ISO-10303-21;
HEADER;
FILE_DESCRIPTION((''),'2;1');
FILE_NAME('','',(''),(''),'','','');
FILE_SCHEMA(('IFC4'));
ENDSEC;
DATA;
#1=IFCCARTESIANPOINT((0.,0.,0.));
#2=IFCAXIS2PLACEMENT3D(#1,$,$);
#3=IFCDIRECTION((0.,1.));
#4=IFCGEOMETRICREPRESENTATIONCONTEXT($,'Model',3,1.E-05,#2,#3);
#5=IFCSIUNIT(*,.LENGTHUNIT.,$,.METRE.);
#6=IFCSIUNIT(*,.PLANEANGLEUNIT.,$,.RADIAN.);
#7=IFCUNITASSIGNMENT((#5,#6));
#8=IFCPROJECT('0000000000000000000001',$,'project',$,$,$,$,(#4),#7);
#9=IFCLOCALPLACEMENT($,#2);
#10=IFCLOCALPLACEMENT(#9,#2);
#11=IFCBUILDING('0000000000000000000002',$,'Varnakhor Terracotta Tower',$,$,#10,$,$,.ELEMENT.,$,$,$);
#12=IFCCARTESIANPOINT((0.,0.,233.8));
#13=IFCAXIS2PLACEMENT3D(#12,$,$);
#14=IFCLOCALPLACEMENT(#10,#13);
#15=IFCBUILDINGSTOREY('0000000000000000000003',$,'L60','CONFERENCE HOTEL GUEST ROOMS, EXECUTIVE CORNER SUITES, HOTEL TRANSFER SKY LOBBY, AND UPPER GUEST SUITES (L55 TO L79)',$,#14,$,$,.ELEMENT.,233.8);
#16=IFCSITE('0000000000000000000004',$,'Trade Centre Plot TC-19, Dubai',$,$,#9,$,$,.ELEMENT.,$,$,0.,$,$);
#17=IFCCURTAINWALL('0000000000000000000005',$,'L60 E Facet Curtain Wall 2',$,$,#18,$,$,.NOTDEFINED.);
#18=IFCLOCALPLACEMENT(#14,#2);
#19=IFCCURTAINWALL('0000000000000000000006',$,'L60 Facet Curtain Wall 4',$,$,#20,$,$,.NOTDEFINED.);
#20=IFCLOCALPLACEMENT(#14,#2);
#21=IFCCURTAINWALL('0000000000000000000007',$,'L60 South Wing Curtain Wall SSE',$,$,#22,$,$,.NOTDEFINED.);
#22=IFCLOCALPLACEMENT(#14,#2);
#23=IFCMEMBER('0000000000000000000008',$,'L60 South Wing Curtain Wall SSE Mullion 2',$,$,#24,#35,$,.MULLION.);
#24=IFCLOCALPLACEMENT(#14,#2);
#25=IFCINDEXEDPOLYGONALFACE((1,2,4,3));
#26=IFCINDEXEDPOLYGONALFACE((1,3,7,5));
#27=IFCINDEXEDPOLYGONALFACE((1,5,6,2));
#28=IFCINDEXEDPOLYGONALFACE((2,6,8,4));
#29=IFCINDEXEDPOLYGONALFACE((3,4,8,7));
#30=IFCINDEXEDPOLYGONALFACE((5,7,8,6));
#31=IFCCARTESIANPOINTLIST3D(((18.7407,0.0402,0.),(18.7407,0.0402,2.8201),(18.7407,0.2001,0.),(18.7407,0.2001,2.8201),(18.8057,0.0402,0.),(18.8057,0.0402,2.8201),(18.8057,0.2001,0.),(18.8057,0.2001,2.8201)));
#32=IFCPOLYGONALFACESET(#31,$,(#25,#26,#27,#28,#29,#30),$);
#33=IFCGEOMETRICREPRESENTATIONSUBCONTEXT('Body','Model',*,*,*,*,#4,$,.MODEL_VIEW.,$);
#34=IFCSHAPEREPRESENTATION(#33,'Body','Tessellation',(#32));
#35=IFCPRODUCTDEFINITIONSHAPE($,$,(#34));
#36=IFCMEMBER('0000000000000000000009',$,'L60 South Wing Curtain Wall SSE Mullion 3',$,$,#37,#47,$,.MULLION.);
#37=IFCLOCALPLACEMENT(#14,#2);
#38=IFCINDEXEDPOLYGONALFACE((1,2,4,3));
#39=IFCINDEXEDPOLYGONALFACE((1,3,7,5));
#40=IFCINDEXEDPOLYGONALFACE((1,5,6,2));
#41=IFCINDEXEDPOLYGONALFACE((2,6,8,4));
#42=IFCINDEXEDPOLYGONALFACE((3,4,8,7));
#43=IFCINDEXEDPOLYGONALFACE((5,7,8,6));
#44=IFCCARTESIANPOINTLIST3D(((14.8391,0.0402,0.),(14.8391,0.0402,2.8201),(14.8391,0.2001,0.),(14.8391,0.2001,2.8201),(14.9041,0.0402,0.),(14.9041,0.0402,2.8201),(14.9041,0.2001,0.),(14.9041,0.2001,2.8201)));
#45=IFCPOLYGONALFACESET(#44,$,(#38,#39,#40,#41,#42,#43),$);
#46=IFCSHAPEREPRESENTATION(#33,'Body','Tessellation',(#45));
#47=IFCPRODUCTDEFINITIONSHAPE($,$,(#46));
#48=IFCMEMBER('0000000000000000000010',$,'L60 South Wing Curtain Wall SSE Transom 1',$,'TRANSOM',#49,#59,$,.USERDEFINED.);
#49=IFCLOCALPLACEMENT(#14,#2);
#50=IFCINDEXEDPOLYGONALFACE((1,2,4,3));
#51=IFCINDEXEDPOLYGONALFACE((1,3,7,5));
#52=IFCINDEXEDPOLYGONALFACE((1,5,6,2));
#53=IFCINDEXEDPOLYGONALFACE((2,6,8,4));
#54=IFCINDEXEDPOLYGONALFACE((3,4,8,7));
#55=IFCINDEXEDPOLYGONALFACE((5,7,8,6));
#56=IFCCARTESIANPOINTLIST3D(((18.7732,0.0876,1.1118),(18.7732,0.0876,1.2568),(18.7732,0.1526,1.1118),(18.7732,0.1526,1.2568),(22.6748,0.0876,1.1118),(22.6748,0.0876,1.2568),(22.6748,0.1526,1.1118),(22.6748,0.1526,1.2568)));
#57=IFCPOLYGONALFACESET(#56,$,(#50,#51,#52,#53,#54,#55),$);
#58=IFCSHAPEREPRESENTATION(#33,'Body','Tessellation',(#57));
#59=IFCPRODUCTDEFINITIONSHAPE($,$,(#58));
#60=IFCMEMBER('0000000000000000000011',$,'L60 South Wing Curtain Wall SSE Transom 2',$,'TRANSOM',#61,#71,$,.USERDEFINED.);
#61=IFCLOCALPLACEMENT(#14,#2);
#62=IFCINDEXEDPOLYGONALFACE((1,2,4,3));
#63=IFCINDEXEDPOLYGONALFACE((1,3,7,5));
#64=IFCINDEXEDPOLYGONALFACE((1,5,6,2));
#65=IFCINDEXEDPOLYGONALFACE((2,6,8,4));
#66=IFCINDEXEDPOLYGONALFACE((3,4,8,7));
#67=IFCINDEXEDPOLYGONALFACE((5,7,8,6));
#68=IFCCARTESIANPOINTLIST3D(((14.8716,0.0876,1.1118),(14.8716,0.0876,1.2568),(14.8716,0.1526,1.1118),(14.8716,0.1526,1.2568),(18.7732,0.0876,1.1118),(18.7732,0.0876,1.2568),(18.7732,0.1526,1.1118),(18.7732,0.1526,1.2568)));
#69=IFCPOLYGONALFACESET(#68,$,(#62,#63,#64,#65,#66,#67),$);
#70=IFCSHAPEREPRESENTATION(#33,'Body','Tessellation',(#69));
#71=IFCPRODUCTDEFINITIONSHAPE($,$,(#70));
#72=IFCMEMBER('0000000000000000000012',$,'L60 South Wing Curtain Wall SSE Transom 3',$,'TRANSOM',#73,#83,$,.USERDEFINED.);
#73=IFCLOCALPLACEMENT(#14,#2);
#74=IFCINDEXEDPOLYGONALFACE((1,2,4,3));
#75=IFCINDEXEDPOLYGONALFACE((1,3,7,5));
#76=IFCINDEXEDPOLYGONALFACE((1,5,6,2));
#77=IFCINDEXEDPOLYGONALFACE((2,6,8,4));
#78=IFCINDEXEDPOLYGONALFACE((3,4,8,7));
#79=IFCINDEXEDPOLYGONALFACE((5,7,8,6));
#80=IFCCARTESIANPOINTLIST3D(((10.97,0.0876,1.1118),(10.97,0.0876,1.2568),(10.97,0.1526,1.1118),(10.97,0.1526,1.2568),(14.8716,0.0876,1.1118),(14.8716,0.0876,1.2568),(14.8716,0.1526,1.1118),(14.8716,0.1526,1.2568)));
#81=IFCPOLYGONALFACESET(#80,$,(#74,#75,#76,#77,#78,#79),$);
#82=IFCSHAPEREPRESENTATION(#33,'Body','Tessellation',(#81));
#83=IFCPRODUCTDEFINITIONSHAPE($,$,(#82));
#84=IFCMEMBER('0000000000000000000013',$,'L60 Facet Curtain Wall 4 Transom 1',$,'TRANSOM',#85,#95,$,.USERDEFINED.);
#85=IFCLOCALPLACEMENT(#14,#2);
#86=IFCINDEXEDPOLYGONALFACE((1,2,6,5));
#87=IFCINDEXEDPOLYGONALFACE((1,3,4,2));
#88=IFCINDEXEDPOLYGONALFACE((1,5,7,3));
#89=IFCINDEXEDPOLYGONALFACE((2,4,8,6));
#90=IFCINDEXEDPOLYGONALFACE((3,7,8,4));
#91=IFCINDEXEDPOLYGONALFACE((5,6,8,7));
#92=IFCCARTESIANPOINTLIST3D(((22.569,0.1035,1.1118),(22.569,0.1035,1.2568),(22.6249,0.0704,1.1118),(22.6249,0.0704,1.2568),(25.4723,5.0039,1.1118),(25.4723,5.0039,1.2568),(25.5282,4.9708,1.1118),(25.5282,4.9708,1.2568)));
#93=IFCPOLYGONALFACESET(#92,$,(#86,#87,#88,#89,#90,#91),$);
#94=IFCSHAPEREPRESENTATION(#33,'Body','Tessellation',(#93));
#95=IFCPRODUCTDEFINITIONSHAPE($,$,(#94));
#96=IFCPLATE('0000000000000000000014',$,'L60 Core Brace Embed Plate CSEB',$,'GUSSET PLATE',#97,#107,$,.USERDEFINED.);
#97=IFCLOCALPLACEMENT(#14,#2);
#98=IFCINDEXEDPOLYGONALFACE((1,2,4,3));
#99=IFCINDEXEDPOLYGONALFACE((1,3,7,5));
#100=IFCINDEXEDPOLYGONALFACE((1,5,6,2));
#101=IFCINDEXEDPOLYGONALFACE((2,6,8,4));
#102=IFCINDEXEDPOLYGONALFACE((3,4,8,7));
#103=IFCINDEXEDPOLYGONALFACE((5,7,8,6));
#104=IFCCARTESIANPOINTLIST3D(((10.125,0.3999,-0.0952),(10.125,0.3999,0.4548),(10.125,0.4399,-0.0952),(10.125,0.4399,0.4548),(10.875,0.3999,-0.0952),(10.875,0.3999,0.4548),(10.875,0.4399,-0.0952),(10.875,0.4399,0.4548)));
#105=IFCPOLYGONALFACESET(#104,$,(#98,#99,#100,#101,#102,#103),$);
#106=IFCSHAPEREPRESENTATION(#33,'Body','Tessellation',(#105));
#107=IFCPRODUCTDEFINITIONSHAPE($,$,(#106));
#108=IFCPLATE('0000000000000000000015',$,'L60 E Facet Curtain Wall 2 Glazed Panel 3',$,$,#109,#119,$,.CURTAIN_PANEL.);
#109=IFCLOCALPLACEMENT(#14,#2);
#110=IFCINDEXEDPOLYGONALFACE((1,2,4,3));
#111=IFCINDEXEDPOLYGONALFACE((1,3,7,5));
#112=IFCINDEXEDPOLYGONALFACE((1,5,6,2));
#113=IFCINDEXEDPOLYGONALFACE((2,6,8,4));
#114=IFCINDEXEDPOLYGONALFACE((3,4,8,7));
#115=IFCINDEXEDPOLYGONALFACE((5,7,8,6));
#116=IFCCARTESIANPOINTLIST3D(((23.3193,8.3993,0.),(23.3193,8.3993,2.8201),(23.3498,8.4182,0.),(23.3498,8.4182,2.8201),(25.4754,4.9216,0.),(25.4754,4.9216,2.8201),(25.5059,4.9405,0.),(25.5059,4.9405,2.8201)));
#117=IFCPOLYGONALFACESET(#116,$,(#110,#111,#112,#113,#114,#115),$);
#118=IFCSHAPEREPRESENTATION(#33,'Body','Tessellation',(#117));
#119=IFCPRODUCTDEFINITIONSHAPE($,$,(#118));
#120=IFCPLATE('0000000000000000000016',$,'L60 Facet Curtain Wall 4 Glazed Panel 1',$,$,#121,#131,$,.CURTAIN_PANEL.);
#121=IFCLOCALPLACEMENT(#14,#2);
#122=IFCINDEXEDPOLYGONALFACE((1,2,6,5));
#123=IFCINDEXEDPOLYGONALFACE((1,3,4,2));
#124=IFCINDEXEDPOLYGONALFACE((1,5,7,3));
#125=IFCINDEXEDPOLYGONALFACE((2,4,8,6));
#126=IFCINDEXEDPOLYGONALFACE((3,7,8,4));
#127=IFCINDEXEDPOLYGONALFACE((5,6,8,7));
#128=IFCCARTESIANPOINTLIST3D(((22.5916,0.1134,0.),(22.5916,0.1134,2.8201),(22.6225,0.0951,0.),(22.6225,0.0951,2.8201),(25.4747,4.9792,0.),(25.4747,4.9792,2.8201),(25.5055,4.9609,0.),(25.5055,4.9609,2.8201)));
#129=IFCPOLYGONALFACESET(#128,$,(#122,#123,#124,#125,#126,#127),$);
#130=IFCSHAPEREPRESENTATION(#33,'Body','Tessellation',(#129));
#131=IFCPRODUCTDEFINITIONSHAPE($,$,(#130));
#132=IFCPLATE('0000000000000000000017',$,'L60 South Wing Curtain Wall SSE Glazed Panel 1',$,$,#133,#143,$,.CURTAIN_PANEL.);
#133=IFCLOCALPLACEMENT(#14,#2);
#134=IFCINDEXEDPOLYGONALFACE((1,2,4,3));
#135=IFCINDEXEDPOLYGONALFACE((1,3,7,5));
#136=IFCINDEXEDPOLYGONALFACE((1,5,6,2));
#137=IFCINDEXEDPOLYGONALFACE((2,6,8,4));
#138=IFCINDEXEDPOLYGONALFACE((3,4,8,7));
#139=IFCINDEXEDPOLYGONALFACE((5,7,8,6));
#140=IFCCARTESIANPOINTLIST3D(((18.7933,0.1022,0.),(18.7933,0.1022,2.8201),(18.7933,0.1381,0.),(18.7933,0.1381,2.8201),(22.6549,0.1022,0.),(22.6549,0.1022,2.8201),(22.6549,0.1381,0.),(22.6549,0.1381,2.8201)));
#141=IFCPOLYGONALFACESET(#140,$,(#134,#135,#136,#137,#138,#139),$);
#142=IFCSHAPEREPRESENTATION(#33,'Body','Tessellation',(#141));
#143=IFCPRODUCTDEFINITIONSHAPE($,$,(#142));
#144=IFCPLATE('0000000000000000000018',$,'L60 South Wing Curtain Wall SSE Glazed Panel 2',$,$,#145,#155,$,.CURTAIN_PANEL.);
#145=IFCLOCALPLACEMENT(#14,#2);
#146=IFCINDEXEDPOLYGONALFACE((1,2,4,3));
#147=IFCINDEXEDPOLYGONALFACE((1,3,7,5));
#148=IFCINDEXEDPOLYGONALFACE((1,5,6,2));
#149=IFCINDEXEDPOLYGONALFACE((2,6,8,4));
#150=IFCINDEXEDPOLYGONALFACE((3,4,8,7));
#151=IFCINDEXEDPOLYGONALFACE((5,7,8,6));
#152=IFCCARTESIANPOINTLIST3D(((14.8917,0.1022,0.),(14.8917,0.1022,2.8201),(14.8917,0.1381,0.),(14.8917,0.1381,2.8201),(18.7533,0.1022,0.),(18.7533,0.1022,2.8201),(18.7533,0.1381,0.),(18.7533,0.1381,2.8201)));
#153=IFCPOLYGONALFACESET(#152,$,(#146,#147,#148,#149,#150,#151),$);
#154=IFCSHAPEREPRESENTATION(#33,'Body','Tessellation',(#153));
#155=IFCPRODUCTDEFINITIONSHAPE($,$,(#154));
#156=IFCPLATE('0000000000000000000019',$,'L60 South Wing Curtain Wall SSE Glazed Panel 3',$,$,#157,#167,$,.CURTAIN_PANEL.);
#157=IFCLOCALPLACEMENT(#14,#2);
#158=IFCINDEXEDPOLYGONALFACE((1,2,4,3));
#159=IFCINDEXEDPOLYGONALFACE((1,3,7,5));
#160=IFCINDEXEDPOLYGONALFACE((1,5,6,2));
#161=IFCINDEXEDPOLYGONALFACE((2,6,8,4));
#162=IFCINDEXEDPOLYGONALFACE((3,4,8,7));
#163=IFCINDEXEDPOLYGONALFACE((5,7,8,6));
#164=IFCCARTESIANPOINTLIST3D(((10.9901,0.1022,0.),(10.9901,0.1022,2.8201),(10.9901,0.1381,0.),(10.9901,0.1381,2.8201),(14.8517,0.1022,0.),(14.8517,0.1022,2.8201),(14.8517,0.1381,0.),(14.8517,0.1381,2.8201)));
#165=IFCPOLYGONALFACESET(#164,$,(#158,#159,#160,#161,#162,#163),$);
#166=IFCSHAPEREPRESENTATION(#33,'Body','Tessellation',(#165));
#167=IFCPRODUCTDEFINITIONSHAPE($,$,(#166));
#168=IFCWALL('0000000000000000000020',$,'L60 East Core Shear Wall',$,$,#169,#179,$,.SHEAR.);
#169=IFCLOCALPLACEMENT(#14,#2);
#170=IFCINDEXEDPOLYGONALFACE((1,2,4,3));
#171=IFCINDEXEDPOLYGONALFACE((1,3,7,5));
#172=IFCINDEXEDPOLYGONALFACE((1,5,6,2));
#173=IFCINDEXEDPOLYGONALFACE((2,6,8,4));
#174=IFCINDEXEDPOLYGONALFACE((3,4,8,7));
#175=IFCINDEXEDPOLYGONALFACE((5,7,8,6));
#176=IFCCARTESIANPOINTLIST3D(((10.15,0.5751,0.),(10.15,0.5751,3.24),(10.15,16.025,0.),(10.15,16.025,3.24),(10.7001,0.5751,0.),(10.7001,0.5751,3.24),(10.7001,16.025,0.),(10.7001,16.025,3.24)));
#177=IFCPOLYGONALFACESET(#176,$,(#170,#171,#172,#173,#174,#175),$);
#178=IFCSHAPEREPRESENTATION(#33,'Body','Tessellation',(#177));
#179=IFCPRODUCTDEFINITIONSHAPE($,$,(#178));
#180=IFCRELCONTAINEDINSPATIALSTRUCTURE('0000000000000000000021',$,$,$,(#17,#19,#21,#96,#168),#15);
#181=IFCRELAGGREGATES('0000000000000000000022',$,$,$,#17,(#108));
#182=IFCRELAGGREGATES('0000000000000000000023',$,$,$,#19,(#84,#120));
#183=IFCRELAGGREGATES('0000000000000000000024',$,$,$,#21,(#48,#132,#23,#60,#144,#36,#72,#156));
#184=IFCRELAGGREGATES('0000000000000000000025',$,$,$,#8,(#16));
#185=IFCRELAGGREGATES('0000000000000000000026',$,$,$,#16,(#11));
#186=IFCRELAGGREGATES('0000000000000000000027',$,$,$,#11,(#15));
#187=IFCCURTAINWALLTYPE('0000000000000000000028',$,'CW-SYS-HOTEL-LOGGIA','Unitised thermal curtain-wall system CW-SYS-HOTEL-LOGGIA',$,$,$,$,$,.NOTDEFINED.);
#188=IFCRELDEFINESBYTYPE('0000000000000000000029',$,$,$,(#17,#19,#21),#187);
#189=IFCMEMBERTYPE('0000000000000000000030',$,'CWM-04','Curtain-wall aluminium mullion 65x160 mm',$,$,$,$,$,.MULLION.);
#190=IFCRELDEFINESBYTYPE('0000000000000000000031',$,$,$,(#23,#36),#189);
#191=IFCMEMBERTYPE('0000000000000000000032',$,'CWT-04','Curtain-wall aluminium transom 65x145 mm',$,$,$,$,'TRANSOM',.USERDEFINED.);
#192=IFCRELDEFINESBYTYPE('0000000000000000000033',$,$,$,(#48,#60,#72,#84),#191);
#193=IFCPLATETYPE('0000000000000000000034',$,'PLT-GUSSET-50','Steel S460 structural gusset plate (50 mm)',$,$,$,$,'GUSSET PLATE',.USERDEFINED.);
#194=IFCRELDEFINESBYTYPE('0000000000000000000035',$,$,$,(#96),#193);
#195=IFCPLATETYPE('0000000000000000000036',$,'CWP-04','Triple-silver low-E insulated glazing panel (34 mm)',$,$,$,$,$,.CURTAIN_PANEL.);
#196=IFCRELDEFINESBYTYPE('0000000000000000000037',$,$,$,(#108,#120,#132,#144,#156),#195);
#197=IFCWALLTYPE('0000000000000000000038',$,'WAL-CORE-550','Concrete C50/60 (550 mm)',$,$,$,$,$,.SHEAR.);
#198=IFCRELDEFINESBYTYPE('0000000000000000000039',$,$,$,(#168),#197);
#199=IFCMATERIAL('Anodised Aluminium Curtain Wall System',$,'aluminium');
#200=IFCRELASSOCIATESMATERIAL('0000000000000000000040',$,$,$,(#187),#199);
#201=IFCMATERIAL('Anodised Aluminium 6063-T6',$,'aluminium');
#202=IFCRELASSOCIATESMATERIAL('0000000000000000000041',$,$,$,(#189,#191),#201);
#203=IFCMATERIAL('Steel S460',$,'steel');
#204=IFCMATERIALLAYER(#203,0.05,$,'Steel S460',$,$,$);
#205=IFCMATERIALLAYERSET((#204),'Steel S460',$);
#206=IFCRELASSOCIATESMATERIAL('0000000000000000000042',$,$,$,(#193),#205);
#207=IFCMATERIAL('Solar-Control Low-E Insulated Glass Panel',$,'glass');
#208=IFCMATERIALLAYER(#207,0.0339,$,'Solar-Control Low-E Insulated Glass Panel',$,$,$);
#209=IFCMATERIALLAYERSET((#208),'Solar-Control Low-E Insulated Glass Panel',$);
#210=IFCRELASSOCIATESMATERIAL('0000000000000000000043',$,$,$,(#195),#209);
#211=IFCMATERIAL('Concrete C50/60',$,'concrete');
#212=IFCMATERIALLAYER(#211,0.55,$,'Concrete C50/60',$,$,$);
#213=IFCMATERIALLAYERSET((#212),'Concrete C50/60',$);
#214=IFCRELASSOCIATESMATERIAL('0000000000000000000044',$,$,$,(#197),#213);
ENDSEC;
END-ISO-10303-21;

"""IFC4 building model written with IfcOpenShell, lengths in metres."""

from ifc_helpers import new_model, si_unit, direction, frame, frame_2d, origin, origin_2d, place, context, subcontext, project, spatial, rectangle, extrude, source, transform, mapped, material, layer, layer_set, material_profile, profile_set, type_object, type_shapes, element, aggregate, save


model = new_model("IFC4")

# Units and contexts
model_context = context("Model", 3, precision=1e-05, world=origin(), true_north=direction((0.0, 1.0)))
body_context = subcontext(model_context, "Body", "Model", "MODEL_VIEW")
ifc_project = project(units=[si_unit("LENGTHUNIT", "METRE"), si_unit("PLANEANGLEUNIT", "RADIAN")], contexts=[model_context])

# Site, building, storey
site_placement = place(None, origin())
site = spatial("IfcSite", under=ifc_project, at=site_placement, Name="Trade Centre Plot TC-19, Dubai", CompositionType="ELEMENT", RefElevation=0.0)
building_placement = place(site_placement, origin())
building = spatial("IfcBuilding", under=site, at=building_placement, Name="Varnakhor Terracotta Tower", CompositionType="ELEMENT")
storey_placement = place(building_placement, frame((0.0, 0.0, 233.8)))
storey = spatial("IfcBuildingStorey", under=building, at=storey_placement, Name="L60", Description="CONFERENCE HOTEL GUEST ROOMS, EXECUTIVE CORNER SUITES, HOTEL TRANSFER SKY LOBBY, AND UPPER GUEST SUITES (L55 TO L79)", CompositionType="ELEMENT", Elevation=233.8)

# Shared definitions
ifc_material_1 = material(Name="Concrete C50/60", Category="concrete")
ifc_material_2 = material(Name="Steel S460", Category="steel")

# Curtain walls
ifc_material_3 = material(Name="Anodised Aluminium Curtain Wall System", Category="aluminium")
curtain_wall_type = type_object("IfcCurtainWallType", Name="CW-SYS-HOTEL-LOGGIA", Description="Unitised thermal curtain-wall system CW-SYS-HOTEL-LOGGIA", PredefinedType="NOTDEFINED", material=ifc_material_3)
curtain_wall_1_placement = place(storey_placement, origin())
curtain_wall_1 = element("IfcCurtainWall", 1, at=curtain_wall_1_placement, inside=storey, type_object=curtain_wall_type, Name="L60 E Facet Curtain Wall 2", PredefinedType="NOTDEFINED")
ifc_material_4 = material(Name="Anodised Aluminium 6063-T6", Category="aluminium")
ifc_material_profile_1 = material_profile(ifc_material_4, rectangle(XDim=0.0649, YDim=0.1599, at=origin_2d()), Name="ALU MULLION 65x160")
ifc_profile_set_1 = profile_set([ifc_material_profile_1], Name="Anodised Aluminium 6063-T6")
member_type_1 = type_object("IfcMemberType", Name="CWM-04", Description="Curtain-wall aluminium mullion 65x160 mm", PredefinedType="MULLION", material=ifc_profile_set_1)
shared_shape_1 = source(origin(), body_context, "Body", "SweptSolid", [
    extrude(rectangle(XDim=0.0649, YDim=0.1599, at=origin_2d()), origin(), (0.0, 0.0, 1.0), 2.8201),
])
type_shapes(member_type_1, [shared_shape_1])
curtain_wall_2_placement = place(storey_placement, origin())
curtain_wall_2 = element("IfcCurtainWall", 2, at=curtain_wall_2_placement, inside=storey, type_object=curtain_wall_type, Name="L60 Facet Curtain Wall 4", PredefinedType="NOTDEFINED")

# Curtain wall, members
curtain_wall_3_placement = place(storey_placement, origin())
curtain_wall_3 = element("IfcCurtainWall", 3, at=curtain_wall_3_placement, inside=storey, type_object=curtain_wall_type, Name="L60 South Wing Curtain Wall SSE", PredefinedType="NOTDEFINED")
member_1_placement = place(storey_placement, frame((18.7732, 0.1201, 0.0), z_axis=(0.0, 0.0, 1.0), x_axis=(1.0, 0.0, 0.0)))
member_1 = element("IfcMember", 4, at=member_1_placement, type_object=member_type_1, Name="L60 South Wing Curtain Wall SSE Mullion 2", PredefinedType="MULLION", context=body_context, shape_type="MappedRepresentation", body=[
    mapped(shared_shape_1, transform((0.0, 0.0, 0.0), scale=1.0)),
])
member_2_placement = place(storey_placement, frame((14.8716, 0.1201, 0.0), z_axis=(0.0, 0.0, 1.0), x_axis=(1.0, 0.0, 0.0)))
member_2 = element("IfcMember", 5, at=member_2_placement, type_object=member_type_1, Name="L60 South Wing Curtain Wall SSE Mullion 3", PredefinedType="MULLION", context=body_context, shape_type="MappedRepresentation", body=[
    mapped(shared_shape_1, transform((0.0, 0.0, 0.0), scale=1.0)),
])
ifc_material_profile_2 = material_profile(ifc_material_4, rectangle(XDim=0.0649, YDim=0.145, at=origin_2d()), Name="ALU TRANSOM 65x145")
ifc_profile_set_2 = profile_set([ifc_material_profile_2], Name="Anodised Aluminium 6063-T6")
member_type_2 = type_object("IfcMemberType", Name="CWT-04", Description="Curtain-wall aluminium transom 65x145 mm", ElementType="TRANSOM", PredefinedType="USERDEFINED", material=ifc_profile_set_2)
shared_shape_2 = source(origin(), body_context, "Body", "SweptSolid", [
    extrude(rectangle(XDim=0.0649, YDim=0.145, at=origin_2d()), origin(), (0.0, 0.0, 1.0), 3.9016),
])
member_3_placement = place(storey_placement, frame((22.6748, 0.1201, 1.1843), z_axis=(-1.0, 0.0, 0.0), x_axis=(0.0, -1.0, 0.0)))
member_3 = element("IfcMember", 6, at=member_3_placement, type_object=member_type_2, Name="L60 South Wing Curtain Wall SSE Transom 1", ObjectType="TRANSOM", PredefinedType="USERDEFINED", context=body_context, shape_type="MappedRepresentation", body=[
    mapped(shared_shape_2, transform((0.0, 0.0, 0.0), scale=1.0)),
])
member_4_placement = place(storey_placement, frame((18.7732, 0.1201, 1.1843), z_axis=(-1.0, 0.0, 0.0), x_axis=(0.0, -1.0, 0.0)))
member_4 = element("IfcMember", 7, at=member_4_placement, type_object=member_type_2, Name="L60 South Wing Curtain Wall SSE Transom 2", ObjectType="TRANSOM", PredefinedType="USERDEFINED", context=body_context, shape_type="MappedRepresentation", body=[
    mapped(shared_shape_2, transform((0.0, 0.0, 0.0), scale=1.0)),
])
member_5_placement = place(storey_placement, frame((14.8716, 0.1201, 1.1843), z_axis=(-1.0, 0.0, 0.0), x_axis=(0.0, -1.0, 0.0)))
member_5 = element("IfcMember", 8, at=member_5_placement, type_object=member_type_2, Name="L60 South Wing Curtain Wall SSE Transom 3", ObjectType="TRANSOM", PredefinedType="USERDEFINED", context=body_context, shape_type="MappedRepresentation", body=[
    mapped(shared_shape_2, transform((0.0, 0.0, 0.0), scale=1.0)),
])

# Member
shared_shape_3 = source(origin(), body_context, "Body", "SweptSolid", [
    extrude(rectangle(XDim=0.0649, YDim=0.145, at=origin_2d()), origin(), (0.0, 0.0, 1.0), 5.6958),
])
member_6_placement = place(storey_placement, frame((25.5002, 4.9873, 1.1843), z_axis=(-0.509722, -0.860339, 0.0), x_axis=(0.860339, -0.509722, 0.0)))
member_6 = element("IfcMember", 9, at=member_6_placement, type_object=member_type_2, Name="L60 Facet Curtain Wall 4 Transom 1", ObjectType="TRANSOM", PredefinedType="USERDEFINED", context=body_context, shape_type="MappedRepresentation", body=[
    mapped(shared_shape_3, transform((0.0, 0.0, 0.0), scale=1.0)),
])

# Plates
ifc_layer_1 = layer(ifc_material_2, 0.05, Name="Steel S460")
ifc_layer_set_1 = layer_set([ifc_layer_1], Name="Steel S460")
plate_type_1 = type_object("IfcPlateType", Name="PLT-GUSSET-50", Description="Steel S460 structural gusset plate (50 mm)", ElementType="GUSSET PLATE", PredefinedType="USERDEFINED", material=ifc_layer_set_1)
shared_shape_4 = source(origin(), body_context, "Body", "SweptSolid", [
    extrude(rectangle(XDim=0.75, YDim=0.04, at=origin_2d()), origin(), (0.0, 0.0, 1.0), 0.55),
])
type_shapes(plate_type_1, [shared_shape_4])
plate_1_placement = place(storey_placement, frame((10.5, 0.4199, -0.0952), z_axis=(0.0, 0.0, 1.0), x_axis=(1.0, 0.0, 0.0)))
element("IfcPlate", 10, at=plate_1_placement, inside=storey, type_object=plate_type_1, Name="L60 Core Brace Embed Plate CSEB", ObjectType="GUSSET PLATE", PredefinedType="USERDEFINED", context=body_context, shape_type="MappedRepresentation", body=[
    mapped(shared_shape_4, transform((0.0, 0.0, 0.0), scale=1.0)),
])
ifc_material_5 = material(Name="Solar-Control Low-E Insulated Glass Panel", Category="glass")
ifc_layer_2 = layer(ifc_material_5, 0.0339, Name="Solar-Control Low-E Insulated Glass Panel")
ifc_layer_set_2 = layer_set([ifc_layer_2], Name="Solar-Control Low-E Insulated Glass Panel")
plate_type_2 = type_object("IfcPlateType", Name="CWP-04", Description="Triple-silver low-E insulated glazing panel (34 mm)", PredefinedType="CURTAIN_PANEL", material=ifc_layer_set_2)
shared_shape_5 = source(origin(), body_context, "Body", "SweptSolid", [
    extrude(rectangle(XDim=4.0918, YDim=0.0359, at=origin_2d()), origin(), (0.0, 0.0, 1.0), 2.8201),
])
plate_2_placement = place(storey_placement, frame((24.4126, 6.6699, 0.0), z_axis=(0.0, 0.0, 1.0), x_axis=(0.526911, -0.84992, 0.0)))
plate_2 = element("IfcPlate", 11, at=plate_2_placement, type_object=plate_type_2, Name="L60 E Facet Curtain Wall 2 Glazed Panel 3", PredefinedType="CURTAIN_PANEL", context=body_context, shape_type="MappedRepresentation", body=[
    mapped(shared_shape_5, transform((0.0, 0.0, 0.0), scale=1.0)),
])
aggregate(curtain_wall_1, [plate_2])
shared_shape_6 = source(origin(), body_context, "Body", "SweptSolid", [
    extrude(rectangle(XDim=5.6558, YDim=0.0359, at=origin_2d()), origin(), (0.0, 0.0, 1.0), 2.8201),
])
plate_3_placement = place(storey_placement, frame((24.0486, 2.5371, 0.0), z_axis=(0.0, 0.0, 1.0), x_axis=(-0.509747, -0.860324, 0.0)))
plate_3 = element("IfcPlate", 12, at=plate_3_placement, type_object=plate_type_2, Name="L60 Facet Curtain Wall 4 Glazed Panel 1", PredefinedType="CURTAIN_PANEL", context=body_context, shape_type="MappedRepresentation", body=[
    mapped(shared_shape_6, transform((0.0, 0.0, 0.0), scale=1.0)),
])
aggregate(curtain_wall_2, [member_6, plate_3])
shared_shape_7 = source(origin(), body_context, "Body", "SweptSolid", [
    extrude(rectangle(XDim=3.8616, YDim=0.0359, at=origin_2d()), origin(), (0.0, 0.0, 1.0), 2.8201),
])
plate_4_placement = place(storey_placement, frame((20.7241, 0.1201, 0.0), z_axis=(0.0, 0.0, 1.0), x_axis=(-1.0, 0.0, 0.0)))
plate_4 = element("IfcPlate", 13, at=plate_4_placement, type_object=plate_type_2, Name="L60 South Wing Curtain Wall SSE Glazed Panel 1", PredefinedType="CURTAIN_PANEL", context=body_context, shape_type="MappedRepresentation", body=[
    mapped(shared_shape_7, transform((0.0, 0.0, 0.0), scale=1.0)),
])
plate_5_placement = place(storey_placement, frame((16.8225, 0.1201, 0.0), z_axis=(0.0, 0.0, 1.0), x_axis=(-1.0, 0.0, 0.0)))
plate_5 = element("IfcPlate", 14, at=plate_5_placement, type_object=plate_type_2, Name="L60 South Wing Curtain Wall SSE Glazed Panel 2", PredefinedType="CURTAIN_PANEL", context=body_context, shape_type="MappedRepresentation", body=[
    mapped(shared_shape_7, transform((0.0, 0.0, 0.0), scale=1.0)),
])
plate_6_placement = place(storey_placement, frame((12.9209, 0.1201, 0.0), z_axis=(0.0, 0.0, 1.0), x_axis=(-1.0, 0.0, 0.0)))
plate_6 = element("IfcPlate", 15, at=plate_6_placement, type_object=plate_type_2, Name="L60 South Wing Curtain Wall SSE Glazed Panel 3", PredefinedType="CURTAIN_PANEL", context=body_context, shape_type="MappedRepresentation", body=[
    mapped(shared_shape_7, transform((0.0, 0.0, 0.0), scale=1.0)),
])
aggregate(curtain_wall_3, [member_3, plate_4, member_1, member_4, plate_5, member_2, member_5, plate_6])

# Wall
ifc_layer_3 = layer(ifc_material_1, 0.55, Name="Concrete C50/60")
ifc_layer_set_3 = layer_set([ifc_layer_3], Name="Concrete C50/60")
wall_type_1 = type_object("IfcWallType", Name="WAL-CORE-550", Description="Concrete C50/60 (550 mm)", PredefinedType="SHEAR", material=ifc_layer_set_3)
wall_1_placement = place(storey_placement, frame((10.425, 0.575, 0.0), z_axis=(0.0, 0.0, 1.0), x_axis=(0.0, 1.0, 0.0)))
element("IfcWall", 16, at=wall_1_placement, inside=storey, type_object=wall_type_1, Name="L60 East Core Shear Wall", PredefinedType="SHEAR", context=body_context, shape_type="SweptSolid", body=[
    extrude(rectangle(XDim=15.45, YDim=0.55, at=frame_2d((7.7251, 0.0))), origin(), (0.0, 0.0, 1.0), 3.24),
])

save(model, "model.ifc")
